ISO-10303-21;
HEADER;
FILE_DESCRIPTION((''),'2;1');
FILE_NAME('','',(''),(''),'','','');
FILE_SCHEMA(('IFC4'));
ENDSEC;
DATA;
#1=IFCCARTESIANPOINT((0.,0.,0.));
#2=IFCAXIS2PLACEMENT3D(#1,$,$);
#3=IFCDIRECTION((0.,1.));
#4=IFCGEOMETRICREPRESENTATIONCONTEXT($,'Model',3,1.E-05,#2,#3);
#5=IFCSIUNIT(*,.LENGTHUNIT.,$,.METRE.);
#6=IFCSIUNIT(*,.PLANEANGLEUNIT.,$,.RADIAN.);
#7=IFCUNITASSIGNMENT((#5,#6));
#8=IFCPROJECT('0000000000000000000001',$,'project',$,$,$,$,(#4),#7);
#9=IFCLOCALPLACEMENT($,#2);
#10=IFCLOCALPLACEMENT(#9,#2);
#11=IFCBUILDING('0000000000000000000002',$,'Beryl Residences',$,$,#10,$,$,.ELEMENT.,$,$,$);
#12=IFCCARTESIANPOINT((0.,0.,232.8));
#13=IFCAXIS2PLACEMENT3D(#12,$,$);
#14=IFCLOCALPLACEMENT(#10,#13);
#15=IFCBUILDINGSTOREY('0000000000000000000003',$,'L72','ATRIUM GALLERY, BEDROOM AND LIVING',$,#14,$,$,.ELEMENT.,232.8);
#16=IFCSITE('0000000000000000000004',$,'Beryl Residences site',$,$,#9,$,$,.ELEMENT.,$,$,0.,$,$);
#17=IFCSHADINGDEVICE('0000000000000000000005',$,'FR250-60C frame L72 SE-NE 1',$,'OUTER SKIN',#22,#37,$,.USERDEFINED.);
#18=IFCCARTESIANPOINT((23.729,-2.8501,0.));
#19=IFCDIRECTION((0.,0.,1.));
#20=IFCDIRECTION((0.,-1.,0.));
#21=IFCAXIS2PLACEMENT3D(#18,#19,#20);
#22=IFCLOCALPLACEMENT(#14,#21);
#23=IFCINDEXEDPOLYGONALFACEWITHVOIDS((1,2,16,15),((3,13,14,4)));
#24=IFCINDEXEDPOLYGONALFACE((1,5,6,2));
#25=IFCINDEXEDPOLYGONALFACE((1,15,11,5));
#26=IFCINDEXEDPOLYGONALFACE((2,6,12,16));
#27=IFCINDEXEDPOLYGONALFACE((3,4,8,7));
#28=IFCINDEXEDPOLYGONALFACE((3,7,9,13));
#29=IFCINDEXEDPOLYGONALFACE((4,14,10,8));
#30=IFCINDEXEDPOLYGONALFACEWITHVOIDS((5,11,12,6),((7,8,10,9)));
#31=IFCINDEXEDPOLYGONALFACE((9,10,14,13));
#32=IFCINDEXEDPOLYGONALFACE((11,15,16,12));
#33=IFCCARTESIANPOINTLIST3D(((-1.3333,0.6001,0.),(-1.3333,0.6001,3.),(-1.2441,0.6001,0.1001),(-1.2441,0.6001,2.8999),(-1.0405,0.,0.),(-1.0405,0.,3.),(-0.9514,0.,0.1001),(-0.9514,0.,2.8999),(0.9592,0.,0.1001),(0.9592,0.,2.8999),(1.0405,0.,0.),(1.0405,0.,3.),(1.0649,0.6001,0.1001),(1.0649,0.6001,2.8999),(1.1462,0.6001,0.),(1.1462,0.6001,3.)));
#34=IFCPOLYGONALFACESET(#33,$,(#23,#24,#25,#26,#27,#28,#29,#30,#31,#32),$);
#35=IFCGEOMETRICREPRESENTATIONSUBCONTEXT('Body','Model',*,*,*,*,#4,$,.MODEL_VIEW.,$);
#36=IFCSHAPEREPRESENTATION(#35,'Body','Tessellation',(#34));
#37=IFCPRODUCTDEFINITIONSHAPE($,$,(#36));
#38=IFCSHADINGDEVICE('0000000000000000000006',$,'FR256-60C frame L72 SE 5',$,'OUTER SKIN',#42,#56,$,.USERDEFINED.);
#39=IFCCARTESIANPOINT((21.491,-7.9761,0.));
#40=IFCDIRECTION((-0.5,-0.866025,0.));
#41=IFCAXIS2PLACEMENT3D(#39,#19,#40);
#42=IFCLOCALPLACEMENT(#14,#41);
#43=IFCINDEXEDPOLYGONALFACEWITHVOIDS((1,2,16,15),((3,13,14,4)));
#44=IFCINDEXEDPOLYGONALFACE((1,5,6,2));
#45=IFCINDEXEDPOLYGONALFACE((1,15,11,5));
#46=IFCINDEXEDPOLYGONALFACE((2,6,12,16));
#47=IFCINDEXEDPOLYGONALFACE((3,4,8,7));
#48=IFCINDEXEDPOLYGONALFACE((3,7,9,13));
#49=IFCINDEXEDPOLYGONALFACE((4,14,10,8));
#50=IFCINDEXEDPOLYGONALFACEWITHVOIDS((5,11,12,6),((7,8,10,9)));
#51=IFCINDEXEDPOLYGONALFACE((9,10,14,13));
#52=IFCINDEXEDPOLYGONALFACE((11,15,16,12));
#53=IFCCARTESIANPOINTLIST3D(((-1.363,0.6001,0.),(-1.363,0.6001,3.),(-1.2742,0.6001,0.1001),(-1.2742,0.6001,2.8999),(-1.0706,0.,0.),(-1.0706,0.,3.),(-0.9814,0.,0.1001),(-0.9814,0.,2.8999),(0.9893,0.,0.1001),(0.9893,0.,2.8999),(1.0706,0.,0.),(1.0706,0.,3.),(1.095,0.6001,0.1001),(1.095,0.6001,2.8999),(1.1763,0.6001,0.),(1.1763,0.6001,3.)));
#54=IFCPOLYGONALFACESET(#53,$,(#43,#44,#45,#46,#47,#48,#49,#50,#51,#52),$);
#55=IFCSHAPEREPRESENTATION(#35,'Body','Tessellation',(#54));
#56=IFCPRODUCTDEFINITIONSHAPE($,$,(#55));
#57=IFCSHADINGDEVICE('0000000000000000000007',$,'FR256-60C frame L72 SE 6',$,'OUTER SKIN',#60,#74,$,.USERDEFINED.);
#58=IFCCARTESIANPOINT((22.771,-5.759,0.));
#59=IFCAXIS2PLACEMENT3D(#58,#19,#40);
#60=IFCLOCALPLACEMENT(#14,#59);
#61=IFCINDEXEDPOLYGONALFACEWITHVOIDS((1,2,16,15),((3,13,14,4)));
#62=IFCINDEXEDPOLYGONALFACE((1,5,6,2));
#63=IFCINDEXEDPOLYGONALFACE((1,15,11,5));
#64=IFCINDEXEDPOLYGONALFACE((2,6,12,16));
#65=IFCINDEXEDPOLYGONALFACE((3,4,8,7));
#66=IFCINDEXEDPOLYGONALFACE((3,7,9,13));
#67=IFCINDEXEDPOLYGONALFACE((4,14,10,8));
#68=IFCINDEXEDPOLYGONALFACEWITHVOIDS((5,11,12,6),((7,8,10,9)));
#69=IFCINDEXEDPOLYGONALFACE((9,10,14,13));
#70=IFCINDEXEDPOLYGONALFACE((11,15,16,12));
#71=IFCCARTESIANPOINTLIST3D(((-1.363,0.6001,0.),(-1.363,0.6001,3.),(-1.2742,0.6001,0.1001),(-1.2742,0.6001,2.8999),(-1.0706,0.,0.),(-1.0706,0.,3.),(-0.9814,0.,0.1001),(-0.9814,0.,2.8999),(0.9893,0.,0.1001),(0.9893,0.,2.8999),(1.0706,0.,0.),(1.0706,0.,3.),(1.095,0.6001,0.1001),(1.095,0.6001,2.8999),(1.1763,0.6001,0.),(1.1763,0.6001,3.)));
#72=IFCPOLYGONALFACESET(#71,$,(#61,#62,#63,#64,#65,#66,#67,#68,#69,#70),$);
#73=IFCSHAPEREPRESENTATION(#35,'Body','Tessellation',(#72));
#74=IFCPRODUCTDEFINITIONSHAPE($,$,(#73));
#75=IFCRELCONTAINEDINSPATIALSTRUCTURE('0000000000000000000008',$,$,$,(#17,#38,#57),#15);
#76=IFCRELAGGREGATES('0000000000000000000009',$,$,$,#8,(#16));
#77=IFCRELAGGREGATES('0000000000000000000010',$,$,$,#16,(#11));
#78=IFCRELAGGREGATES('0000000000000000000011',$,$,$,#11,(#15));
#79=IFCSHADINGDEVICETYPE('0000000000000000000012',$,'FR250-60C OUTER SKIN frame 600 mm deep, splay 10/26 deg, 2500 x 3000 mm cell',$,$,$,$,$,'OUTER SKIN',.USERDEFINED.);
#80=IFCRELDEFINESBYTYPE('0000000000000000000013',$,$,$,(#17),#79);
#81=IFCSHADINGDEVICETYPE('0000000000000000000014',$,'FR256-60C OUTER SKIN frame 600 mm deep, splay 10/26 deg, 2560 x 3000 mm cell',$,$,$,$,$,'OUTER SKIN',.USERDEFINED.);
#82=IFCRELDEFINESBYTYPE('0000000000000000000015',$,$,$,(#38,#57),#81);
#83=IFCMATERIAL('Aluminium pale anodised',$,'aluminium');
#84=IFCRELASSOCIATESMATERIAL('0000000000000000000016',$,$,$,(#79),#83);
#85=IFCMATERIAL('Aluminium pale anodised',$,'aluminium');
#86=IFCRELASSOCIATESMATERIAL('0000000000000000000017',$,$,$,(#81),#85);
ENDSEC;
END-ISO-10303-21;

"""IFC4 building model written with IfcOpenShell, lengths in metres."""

from ifc_helpers import new_model, entity, si_unit, direction, frame, origin, place, context, subcontext, project, spatial, source, transform, mapped, material, type_object, type_shapes, element, save


model = new_model("IFC4")

# Units and contexts
model_context = context("Model", 3, precision=1e-05, world=origin(), true_north=direction((0.0, 1.0)))
body_context = subcontext(model_context, "Body", "Model", "MODEL_VIEW")
ifc_project = project(units=[si_unit("LENGTHUNIT", "METRE"), si_unit("PLANEANGLEUNIT", "RADIAN")], contexts=[model_context])

# Site, building, storey
site_placement = place(None, origin())
site = spatial("IfcSite", under=ifc_project, at=site_placement, Name="Beryl Residences site", CompositionType="ELEMENT", RefElevation=0.0)
building_placement = place(site_placement, origin())
building = spatial("IfcBuilding", under=site, at=building_placement, Name="Beryl Residences", CompositionType="ELEMENT")
storey_placement = place(building_placement, frame((0.0, 0.0, 232.8)))
storey = spatial("IfcBuildingStorey", under=building, at=storey_placement, Name="L72", Description="ATRIUM GALLERY, BEDROOM AND LIVING", CompositionType="ELEMENT", Elevation=232.8)

# Shading devices
ifc_material_1 = material(Name="Aluminium pale anodised", Category="aluminium")
shading_device_type_1 = type_object("IfcShadingDeviceType", Name="FR250-60C OUTER SKIN frame 600 mm deep, splay 10/26 deg, 2500 x 3000 mm cell", ElementType="OUTER SKIN", PredefinedType="USERDEFINED", material=ifc_material_1)
cartesian_point_1 = entity("IfcCartesianPoint", [-1.0405, 0.0])
cartesian_point_2 = entity("IfcCartesianPoint", [-0.9592, 0.1001])
cartesian_point_3 = entity("IfcCartesianPoint", [-1.1462, 0.0])
cartesian_point_4 = entity("IfcCartesianPoint", [-1.0649, 0.1001])
shared_shape_1 = source(origin(), body_context, "Body", "SweptSolid", [
    entity("IfcExtrudedAreaSolidTapered", entity("IfcArbitraryProfileDefWithVoids", "AREA", None, entity("IfcPolyline", [cartesian_point_1, entity("IfcCartesianPoint", [1.0405, 0.0]), entity("IfcCartesianPoint", [1.0405, 3.0]), entity("IfcCartesianPoint", [-1.0405, 3.0]), cartesian_point_1]), [entity("IfcPolyline", [cartesian_point_2, entity("IfcCartesianPoint", [0.9514, 0.1001]), entity("IfcCartesianPoint", [0.9514, 2.8999]), entity("IfcCartesianPoint", [-0.9592, 2.8999]), cartesian_point_2])]), entity("IfcAxis2Placement3D", entity("IfcCartesianPoint", [0.0, 0.0, 0.0]), entity("IfcDirection", [0.0, 1.0, 0.0]), entity("IfcDirection", [-1.0, 0.0, 0.0])), entity("IfcDirection", [0.0, 0.0, 1.0]), 0.6001, entity("IfcArbitraryProfileDefWithVoids", "AREA", None, entity("IfcPolyline", [cartesian_point_3, entity("IfcCartesianPoint", [1.3333, 0.0]), entity("IfcCartesianPoint", [1.3333, 3.0]), entity("IfcCartesianPoint", [-1.1462, 3.0]), cartesian_point_3]), [entity("IfcPolyline", [cartesian_point_4, entity("IfcCartesianPoint", [1.2441, 0.1001]), entity("IfcCartesianPoint", [1.2441, 2.8999]), entity("IfcCartesianPoint", [-1.0649, 2.8999]), cartesian_point_4])])),
])
type_shapes(shading_device_type_1, [shared_shape_1])
shading_device_placement = place(storey_placement, frame((23.729, -2.8501, 0.0), z_axis=(0.0, 0.0, 1.0), x_axis=(0.0, -1.0, 0.0)))
element("IfcShadingDevice", 1, at=shading_device_placement, inside=storey, type_object=shading_device_type_1, Name="FR250-60C frame L72 SE-NE 1", ObjectType="OUTER SKIN", PredefinedType="USERDEFINED", context=body_context, shape_type="MappedRepresentation", body=[
    mapped(shared_shape_1, transform((0.0, 0.0, 0.0))),
])
ifc_material_2 = material(Name="Aluminium pale anodised", Category="aluminium")
shading_device_type_2 = type_object("IfcShadingDeviceType", Name="FR256-60C OUTER SKIN frame 600 mm deep, splay 10/26 deg, 2560 x 3000 mm cell", ElementType="OUTER SKIN", PredefinedType="USERDEFINED", material=ifc_material_2)
cartesian_point_5 = entity("IfcCartesianPoint", [-1.0706, 0.0])
cartesian_point_6 = entity("IfcCartesianPoint", [-0.9893, 0.1001])
cartesian_point_7 = entity("IfcCartesianPoint", [-1.1763, 0.0])
cartesian_point_8 = entity("IfcCartesianPoint", [-1.095, 0.1001])
shared_shape_2 = source(origin(), body_context, "Body", "SweptSolid", [
    entity("IfcExtrudedAreaSolidTapered", entity("IfcArbitraryProfileDefWithVoids", "AREA", None, entity("IfcPolyline", [cartesian_point_5, entity("IfcCartesianPoint", [1.0706, 0.0]), entity("IfcCartesianPoint", [1.0706, 3.0]), entity("IfcCartesianPoint", [-1.0706, 3.0]), cartesian_point_5]), [entity("IfcPolyline", [cartesian_point_6, entity("IfcCartesianPoint", [0.9814, 0.1001]), entity("IfcCartesianPoint", [0.9814, 2.8999]), entity("IfcCartesianPoint", [-0.9893, 2.8999]), cartesian_point_6])]), entity("IfcAxis2Placement3D", entity("IfcCartesianPoint", [0.0, 0.0, 0.0]), entity("IfcDirection", [0.0, 1.0, 0.0]), entity("IfcDirection", [-1.0, 0.0, 0.0])), entity("IfcDirection", [0.0, 0.0, 1.0]), 0.6001, entity("IfcArbitraryProfileDefWithVoids", "AREA", None, entity("IfcPolyline", [cartesian_point_7, entity("IfcCartesianPoint", [1.363, 0.0]), entity("IfcCartesianPoint", [1.363, 3.0]), entity("IfcCartesianPoint", [-1.1763, 3.0]), cartesian_point_7]), [entity("IfcPolyline", [cartesian_point_8, entity("IfcCartesianPoint", [1.2742, 0.1001]), entity("IfcCartesianPoint", [1.2742, 2.8999]), entity("IfcCartesianPoint", [-1.095, 2.8999]), cartesian_point_8])])),
])
type_shapes(shading_device_type_2, [shared_shape_2])
for number, where, z_axis, x_axis, name in (
    (2, (21.491, -7.9761, 0.0), (0.0, 0.0, 1.0), (-0.5, -0.866025, 0.0), "FR256-60C frame L72 SE 5"),
    (3, (22.771, -5.759, 0.0), (0.0, 0.0, 1.0), (-0.5, -0.866025, 0.0), "FR256-60C frame L72 SE 6"),
):
    element("IfcShadingDevice", number, at=place(storey_placement, frame(where, z_axis=z_axis, x_axis=x_axis)), inside=storey, type_object=shading_device_type_2, Name=name, ObjectType="OUTER SKIN", PredefinedType="USERDEFINED", context=body_context, shape_type="MappedRepresentation", body=[
        mapped(shared_shape_2, transform((0.0, 0.0, 0.0))),
    ])

save(model, "model.ifc")
